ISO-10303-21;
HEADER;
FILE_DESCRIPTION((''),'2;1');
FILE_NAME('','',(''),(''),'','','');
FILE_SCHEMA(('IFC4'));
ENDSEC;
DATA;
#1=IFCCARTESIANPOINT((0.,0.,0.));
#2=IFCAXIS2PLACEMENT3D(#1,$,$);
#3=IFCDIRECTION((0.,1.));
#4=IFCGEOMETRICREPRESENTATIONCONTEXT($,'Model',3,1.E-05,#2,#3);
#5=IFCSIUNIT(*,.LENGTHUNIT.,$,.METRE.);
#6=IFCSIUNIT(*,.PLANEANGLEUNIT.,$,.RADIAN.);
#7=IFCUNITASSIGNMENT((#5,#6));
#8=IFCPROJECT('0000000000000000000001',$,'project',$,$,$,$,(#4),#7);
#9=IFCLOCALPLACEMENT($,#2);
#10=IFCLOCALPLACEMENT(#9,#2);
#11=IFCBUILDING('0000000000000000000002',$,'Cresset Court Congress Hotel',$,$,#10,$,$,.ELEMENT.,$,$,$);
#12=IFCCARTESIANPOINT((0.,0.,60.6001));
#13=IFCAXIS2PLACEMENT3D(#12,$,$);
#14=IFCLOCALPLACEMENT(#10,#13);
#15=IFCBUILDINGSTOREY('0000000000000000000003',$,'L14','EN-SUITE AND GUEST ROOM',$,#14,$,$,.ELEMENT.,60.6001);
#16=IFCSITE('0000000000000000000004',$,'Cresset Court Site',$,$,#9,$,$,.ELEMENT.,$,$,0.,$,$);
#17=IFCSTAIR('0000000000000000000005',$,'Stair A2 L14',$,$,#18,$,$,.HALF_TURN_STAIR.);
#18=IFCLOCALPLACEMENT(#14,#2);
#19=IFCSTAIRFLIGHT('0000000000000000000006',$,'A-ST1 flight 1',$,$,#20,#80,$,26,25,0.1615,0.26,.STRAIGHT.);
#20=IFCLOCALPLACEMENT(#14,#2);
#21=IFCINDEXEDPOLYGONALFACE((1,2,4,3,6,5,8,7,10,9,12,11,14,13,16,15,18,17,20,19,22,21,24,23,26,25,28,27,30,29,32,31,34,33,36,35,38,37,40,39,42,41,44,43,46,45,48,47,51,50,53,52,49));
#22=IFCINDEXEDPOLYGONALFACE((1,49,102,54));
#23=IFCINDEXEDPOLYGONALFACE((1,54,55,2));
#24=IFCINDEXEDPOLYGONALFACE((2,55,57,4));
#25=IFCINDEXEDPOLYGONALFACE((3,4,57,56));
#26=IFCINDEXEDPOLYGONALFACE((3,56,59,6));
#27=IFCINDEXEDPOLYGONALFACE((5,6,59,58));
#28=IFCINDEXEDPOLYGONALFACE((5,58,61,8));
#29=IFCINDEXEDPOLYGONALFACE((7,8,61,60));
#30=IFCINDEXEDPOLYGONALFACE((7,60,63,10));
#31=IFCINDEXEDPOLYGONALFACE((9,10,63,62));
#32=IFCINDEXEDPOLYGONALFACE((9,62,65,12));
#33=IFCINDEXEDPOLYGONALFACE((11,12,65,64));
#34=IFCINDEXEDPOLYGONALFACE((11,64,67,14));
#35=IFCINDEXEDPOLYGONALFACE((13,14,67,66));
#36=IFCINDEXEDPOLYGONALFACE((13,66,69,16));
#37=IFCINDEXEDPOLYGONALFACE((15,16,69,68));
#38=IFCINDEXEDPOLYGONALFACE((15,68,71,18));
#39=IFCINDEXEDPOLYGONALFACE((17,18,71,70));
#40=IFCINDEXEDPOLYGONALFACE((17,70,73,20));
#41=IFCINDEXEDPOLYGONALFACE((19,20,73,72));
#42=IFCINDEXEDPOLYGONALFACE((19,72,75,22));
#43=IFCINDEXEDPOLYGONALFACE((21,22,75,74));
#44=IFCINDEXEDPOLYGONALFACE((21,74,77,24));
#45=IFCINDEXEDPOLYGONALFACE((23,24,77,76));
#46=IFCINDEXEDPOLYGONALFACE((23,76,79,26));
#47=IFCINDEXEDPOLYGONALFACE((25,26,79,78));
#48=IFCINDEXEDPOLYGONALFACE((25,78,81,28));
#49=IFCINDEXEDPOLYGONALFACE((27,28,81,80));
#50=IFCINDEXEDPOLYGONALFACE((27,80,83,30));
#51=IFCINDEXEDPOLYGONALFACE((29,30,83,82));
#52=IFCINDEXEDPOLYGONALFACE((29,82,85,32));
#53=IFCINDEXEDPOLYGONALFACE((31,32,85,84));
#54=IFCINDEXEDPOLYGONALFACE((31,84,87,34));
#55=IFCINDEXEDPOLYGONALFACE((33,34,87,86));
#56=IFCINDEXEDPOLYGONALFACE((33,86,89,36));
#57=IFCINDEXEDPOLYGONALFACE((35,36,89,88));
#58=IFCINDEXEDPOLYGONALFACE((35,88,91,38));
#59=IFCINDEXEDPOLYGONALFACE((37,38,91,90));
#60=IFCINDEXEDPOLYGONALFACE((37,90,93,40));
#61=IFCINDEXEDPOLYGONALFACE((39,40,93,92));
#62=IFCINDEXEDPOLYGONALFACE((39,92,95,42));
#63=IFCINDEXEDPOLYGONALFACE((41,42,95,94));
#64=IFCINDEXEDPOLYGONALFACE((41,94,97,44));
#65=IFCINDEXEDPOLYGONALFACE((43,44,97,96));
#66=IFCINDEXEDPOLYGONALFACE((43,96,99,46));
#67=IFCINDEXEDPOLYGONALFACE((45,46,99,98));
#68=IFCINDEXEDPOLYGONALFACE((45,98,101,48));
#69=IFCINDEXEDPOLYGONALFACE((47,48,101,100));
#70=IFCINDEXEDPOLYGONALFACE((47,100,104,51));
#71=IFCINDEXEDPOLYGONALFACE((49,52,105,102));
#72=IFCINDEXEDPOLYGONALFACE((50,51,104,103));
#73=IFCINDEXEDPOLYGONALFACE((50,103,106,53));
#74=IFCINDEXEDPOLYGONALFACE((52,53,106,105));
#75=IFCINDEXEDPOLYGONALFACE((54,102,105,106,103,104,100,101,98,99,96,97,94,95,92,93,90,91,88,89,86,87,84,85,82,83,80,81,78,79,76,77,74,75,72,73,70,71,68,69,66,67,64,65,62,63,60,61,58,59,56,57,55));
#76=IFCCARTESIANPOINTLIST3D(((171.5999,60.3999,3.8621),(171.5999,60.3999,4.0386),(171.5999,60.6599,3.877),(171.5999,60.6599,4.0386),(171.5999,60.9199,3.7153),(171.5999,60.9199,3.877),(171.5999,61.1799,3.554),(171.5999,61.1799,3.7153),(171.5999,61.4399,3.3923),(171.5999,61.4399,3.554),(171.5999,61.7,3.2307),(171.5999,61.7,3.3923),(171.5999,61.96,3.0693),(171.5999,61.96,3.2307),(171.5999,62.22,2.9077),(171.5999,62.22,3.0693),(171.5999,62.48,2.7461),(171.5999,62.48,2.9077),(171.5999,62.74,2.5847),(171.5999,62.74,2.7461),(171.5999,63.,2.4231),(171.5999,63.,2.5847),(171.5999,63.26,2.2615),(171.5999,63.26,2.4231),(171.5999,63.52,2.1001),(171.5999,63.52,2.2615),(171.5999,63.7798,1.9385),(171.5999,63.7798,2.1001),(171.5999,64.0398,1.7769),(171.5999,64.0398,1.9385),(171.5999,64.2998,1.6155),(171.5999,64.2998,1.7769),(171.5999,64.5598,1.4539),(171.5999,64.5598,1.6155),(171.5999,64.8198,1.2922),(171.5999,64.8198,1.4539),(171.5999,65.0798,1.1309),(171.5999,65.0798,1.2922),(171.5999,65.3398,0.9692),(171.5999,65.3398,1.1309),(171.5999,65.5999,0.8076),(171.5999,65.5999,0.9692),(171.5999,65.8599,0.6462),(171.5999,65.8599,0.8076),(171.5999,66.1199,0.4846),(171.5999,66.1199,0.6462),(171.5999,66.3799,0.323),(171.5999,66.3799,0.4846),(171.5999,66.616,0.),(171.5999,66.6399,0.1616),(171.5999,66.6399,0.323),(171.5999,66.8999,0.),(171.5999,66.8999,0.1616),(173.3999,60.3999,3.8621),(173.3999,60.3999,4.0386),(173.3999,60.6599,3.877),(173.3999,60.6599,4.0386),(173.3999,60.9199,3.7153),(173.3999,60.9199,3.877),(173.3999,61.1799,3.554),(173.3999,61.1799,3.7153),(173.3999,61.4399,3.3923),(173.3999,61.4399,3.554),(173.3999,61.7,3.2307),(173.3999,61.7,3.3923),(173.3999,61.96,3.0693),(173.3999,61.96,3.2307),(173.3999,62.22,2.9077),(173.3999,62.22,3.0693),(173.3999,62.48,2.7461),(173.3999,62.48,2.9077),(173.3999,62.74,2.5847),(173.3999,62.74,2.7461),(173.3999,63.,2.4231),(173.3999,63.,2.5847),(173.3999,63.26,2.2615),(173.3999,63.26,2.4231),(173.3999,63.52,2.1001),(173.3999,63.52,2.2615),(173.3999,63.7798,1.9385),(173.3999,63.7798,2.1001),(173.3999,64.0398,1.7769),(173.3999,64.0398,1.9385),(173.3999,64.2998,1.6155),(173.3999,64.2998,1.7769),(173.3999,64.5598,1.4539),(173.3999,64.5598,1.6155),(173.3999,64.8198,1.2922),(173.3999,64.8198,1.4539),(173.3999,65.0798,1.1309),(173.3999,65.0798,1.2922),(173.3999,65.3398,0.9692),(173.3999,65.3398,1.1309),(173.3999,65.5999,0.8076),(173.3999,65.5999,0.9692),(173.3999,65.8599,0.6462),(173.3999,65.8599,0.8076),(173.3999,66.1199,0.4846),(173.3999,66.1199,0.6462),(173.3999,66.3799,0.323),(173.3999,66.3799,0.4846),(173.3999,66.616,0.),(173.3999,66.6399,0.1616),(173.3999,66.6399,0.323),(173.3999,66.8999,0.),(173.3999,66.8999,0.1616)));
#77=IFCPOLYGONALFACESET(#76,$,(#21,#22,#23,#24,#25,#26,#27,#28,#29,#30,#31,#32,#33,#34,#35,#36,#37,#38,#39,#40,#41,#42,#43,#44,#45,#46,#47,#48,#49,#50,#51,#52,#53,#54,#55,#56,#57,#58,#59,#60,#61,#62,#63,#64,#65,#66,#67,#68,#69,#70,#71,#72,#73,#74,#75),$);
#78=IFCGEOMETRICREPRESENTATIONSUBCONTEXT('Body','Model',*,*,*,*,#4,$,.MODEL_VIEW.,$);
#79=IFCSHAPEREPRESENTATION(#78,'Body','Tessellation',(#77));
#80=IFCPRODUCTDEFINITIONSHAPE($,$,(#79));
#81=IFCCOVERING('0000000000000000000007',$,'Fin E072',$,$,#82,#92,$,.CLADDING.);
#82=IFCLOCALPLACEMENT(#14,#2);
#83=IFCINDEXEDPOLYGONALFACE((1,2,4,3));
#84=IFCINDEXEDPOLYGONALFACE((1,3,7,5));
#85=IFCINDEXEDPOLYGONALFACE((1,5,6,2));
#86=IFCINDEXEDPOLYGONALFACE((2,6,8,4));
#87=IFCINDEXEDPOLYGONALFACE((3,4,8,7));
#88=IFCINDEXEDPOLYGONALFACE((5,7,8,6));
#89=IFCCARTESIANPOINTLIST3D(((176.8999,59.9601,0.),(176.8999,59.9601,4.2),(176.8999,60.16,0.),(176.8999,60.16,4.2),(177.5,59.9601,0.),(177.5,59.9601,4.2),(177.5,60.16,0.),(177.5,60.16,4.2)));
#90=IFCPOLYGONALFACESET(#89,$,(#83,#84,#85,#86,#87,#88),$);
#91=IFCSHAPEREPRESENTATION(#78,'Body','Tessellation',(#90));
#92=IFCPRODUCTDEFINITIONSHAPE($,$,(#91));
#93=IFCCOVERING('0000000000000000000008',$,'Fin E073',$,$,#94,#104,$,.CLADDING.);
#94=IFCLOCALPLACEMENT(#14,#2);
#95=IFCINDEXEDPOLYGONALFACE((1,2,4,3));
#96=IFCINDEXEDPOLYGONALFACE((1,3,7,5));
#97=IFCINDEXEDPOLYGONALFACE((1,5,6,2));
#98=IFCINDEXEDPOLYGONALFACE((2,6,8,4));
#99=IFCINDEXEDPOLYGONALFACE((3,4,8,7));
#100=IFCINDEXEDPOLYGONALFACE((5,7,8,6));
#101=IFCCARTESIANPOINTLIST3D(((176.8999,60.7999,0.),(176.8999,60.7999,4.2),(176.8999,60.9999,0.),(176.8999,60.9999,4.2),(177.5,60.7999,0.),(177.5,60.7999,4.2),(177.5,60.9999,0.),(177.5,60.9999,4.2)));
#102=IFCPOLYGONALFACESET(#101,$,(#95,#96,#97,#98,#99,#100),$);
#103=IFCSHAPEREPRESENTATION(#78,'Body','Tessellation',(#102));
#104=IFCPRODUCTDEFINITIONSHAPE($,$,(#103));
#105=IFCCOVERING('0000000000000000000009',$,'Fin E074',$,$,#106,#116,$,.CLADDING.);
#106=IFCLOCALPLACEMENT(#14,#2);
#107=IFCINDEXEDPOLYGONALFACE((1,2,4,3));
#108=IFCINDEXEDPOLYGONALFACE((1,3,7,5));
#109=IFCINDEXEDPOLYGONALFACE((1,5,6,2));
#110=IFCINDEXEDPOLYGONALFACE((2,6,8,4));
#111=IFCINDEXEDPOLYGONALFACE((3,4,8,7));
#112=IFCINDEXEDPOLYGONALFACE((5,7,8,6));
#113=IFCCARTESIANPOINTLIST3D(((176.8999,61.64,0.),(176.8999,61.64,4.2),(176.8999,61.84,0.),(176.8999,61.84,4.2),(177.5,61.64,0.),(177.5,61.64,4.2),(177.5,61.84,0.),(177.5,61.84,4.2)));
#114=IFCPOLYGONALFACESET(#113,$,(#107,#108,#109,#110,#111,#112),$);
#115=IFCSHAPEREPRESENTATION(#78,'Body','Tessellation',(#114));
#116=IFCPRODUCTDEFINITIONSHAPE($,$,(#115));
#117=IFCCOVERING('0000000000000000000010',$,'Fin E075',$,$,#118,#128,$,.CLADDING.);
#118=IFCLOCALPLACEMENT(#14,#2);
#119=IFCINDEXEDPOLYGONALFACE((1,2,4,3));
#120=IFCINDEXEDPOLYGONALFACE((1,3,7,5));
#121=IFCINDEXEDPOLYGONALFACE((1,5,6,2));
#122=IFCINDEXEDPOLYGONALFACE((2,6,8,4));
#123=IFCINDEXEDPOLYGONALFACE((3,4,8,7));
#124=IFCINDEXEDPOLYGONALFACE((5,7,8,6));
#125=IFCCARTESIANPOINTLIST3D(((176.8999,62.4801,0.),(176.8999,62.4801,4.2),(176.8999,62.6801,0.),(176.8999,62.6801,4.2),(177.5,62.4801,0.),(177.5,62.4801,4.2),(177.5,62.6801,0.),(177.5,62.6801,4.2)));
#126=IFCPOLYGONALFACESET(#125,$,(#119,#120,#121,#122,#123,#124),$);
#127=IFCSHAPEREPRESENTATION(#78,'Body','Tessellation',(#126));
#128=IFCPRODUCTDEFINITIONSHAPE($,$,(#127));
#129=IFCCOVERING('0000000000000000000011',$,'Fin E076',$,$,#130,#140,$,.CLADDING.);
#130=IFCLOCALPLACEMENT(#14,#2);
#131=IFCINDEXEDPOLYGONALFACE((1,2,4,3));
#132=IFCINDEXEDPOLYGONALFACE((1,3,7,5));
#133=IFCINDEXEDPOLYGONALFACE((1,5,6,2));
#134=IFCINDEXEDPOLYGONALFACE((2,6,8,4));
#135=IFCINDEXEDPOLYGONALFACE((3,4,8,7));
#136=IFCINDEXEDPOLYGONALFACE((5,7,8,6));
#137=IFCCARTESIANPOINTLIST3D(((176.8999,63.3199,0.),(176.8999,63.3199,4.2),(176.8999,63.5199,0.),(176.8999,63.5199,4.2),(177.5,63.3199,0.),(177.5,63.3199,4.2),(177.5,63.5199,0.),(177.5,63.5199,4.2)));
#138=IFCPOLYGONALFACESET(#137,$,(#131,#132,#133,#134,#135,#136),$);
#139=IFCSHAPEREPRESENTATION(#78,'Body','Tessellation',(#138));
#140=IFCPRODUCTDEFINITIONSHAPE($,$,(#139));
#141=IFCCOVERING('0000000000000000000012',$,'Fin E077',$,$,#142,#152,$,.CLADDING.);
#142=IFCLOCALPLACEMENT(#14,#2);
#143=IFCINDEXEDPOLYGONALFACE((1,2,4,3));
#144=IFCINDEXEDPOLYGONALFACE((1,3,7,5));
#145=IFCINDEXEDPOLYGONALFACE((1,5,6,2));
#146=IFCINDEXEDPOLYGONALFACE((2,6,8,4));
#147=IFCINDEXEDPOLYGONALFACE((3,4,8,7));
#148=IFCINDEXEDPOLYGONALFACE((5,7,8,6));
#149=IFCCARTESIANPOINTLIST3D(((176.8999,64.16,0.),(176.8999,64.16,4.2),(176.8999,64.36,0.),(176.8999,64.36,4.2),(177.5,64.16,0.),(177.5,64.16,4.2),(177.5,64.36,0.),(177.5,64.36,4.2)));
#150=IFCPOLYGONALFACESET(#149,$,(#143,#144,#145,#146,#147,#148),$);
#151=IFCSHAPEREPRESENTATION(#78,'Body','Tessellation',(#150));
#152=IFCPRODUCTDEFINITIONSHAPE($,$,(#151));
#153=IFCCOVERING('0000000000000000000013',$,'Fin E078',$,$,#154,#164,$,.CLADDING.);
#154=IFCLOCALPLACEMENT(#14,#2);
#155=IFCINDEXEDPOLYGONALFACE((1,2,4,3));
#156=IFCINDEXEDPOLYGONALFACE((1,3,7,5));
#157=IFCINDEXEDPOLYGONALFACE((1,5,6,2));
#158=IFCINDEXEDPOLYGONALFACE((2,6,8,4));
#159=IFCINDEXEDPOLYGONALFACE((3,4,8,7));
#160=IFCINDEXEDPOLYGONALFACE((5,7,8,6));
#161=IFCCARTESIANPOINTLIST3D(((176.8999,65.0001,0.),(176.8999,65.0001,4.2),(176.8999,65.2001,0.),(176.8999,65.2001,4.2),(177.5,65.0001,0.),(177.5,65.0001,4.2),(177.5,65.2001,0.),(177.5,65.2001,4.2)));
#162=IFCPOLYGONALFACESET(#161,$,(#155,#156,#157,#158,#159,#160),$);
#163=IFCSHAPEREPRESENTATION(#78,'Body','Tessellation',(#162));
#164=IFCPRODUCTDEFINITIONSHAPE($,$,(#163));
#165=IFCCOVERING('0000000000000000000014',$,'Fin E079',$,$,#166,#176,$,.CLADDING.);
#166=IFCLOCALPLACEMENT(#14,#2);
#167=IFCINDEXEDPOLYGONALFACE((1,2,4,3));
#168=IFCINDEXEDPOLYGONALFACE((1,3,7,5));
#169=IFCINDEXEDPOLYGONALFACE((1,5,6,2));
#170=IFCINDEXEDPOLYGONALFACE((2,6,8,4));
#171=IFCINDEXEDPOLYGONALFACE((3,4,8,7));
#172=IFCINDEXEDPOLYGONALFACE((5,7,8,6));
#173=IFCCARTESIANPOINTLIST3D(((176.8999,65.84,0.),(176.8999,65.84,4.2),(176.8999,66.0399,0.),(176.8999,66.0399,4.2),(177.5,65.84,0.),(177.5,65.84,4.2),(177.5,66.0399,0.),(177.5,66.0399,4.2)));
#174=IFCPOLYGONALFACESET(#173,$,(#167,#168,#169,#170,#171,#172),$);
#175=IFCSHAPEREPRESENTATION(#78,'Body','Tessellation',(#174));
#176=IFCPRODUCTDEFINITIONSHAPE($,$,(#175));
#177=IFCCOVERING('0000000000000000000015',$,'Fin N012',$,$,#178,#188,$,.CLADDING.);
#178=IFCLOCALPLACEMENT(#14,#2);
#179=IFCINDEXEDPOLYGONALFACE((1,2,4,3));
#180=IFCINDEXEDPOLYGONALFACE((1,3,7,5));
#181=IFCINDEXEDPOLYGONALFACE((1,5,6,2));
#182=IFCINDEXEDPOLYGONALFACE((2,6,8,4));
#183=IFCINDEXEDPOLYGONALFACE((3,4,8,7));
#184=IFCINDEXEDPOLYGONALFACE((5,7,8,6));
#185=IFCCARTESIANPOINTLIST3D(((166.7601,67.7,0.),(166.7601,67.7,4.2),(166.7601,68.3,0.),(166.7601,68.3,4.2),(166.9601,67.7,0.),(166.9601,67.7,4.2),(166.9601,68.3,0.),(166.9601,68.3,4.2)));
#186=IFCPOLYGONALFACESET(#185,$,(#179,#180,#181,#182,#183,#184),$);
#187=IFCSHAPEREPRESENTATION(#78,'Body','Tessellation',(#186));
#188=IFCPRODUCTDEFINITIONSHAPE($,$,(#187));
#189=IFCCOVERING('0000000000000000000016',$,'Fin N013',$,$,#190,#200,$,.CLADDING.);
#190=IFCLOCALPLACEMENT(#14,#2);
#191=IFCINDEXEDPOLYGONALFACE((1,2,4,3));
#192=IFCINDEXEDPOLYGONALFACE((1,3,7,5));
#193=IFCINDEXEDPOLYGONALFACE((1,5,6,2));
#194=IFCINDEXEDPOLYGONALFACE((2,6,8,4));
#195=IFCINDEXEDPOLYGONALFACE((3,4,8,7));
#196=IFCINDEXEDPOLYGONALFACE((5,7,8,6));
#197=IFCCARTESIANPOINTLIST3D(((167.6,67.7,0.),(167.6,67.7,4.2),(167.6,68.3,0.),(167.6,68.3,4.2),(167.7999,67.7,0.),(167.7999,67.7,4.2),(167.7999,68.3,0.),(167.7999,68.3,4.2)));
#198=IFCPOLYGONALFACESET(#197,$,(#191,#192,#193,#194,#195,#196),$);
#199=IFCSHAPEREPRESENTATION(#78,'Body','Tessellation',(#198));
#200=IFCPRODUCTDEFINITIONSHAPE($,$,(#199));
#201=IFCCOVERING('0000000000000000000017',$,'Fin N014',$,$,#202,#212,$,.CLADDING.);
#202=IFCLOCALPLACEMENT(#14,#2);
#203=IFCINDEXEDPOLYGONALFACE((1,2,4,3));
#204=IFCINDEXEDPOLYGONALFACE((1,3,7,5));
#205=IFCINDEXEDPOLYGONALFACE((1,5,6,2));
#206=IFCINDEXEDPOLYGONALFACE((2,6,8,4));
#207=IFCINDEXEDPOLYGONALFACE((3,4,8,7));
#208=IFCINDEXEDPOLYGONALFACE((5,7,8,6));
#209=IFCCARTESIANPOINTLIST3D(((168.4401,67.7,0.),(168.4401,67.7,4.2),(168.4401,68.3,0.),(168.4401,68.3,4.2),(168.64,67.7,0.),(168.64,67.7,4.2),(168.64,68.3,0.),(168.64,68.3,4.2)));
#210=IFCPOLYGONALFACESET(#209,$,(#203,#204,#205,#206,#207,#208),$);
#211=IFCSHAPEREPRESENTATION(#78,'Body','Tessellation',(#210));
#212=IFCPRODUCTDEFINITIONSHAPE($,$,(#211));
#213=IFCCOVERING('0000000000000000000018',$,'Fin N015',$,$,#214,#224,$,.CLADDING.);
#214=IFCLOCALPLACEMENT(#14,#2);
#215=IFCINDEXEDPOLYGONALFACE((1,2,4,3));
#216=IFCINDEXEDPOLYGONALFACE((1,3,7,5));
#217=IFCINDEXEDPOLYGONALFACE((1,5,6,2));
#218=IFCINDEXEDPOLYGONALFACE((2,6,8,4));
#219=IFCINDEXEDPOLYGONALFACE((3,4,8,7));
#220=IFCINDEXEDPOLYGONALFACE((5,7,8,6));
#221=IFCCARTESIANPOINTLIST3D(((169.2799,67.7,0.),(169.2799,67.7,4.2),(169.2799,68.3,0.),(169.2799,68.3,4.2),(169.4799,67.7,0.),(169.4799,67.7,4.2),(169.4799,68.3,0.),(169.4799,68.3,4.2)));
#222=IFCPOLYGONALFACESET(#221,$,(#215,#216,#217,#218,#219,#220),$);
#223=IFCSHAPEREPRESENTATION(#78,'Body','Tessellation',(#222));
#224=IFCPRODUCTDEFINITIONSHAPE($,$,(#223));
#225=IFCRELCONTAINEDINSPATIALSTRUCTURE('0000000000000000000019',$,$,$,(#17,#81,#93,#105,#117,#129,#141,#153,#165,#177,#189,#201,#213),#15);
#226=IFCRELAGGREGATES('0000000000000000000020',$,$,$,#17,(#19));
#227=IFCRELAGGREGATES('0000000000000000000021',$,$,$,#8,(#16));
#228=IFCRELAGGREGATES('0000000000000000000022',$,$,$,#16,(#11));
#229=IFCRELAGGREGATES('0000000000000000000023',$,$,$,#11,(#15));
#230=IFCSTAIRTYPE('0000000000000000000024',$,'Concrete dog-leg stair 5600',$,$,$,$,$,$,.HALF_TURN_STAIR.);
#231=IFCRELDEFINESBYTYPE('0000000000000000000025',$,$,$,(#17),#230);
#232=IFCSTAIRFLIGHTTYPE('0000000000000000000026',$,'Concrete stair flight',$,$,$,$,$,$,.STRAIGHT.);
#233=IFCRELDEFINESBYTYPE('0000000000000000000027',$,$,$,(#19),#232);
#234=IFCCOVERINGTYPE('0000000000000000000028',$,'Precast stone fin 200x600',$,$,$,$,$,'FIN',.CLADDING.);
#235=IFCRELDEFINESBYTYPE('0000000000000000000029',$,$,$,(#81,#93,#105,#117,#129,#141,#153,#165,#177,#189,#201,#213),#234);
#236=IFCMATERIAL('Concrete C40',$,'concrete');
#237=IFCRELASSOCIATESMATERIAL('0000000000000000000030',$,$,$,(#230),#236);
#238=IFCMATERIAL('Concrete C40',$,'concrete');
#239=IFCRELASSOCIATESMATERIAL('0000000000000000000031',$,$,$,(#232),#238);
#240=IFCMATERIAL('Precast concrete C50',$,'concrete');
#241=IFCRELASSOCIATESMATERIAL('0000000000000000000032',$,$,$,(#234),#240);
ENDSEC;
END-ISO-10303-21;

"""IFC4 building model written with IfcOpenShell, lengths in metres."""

from ifc_helpers import new_model, si_unit, direction, frame, origin, origin_2d, place, context, subcontext, project, spatial, polyline, rectangle, outline, extrude, material, type_object, element, aggregate, save


model = new_model("IFC4")

# Units and contexts
model_context = context("Model", 3, precision=1e-05, world=origin(), true_north=direction((0.0, 1.0)))
body_context = subcontext(model_context, "Body", "Model", "MODEL_VIEW")
ifc_project = project(units=[si_unit("LENGTHUNIT", "METRE"), si_unit("PLANEANGLEUNIT", "RADIAN")], contexts=[model_context])

# Site, building, storey
site_placement = place(None, origin())
site = spatial("IfcSite", under=ifc_project, at=site_placement, Name="Cresset Court Site", CompositionType="ELEMENT", RefElevation=0.0)
building_placement = place(site_placement, origin())
building = spatial("IfcBuilding", under=site, at=building_placement, Name="Cresset Court Congress Hotel", CompositionType="ELEMENT")
storey_placement = place(building_placement, frame((0.0, 0.0, 60.6001)))
storey = spatial("IfcBuildingStorey", under=building, at=storey_placement, Name="L14", Description="EN-SUITE AND GUEST ROOM", CompositionType="ELEMENT", Elevation=60.6001)

# Stair, stair flight
ifc_material_1 = material(Name="Concrete C40", Category="concrete")
stair_type = type_object("IfcStairType", Name="Concrete dog-leg stair 5600", PredefinedType="HALF_TURN_STAIR", material=ifc_material_1)
stair_placement = place(storey_placement, origin())
stair = element("IfcStair", 1, at=stair_placement, inside=storey, type_object=stair_type, Name="Stair A2 L14", PredefinedType="HALF_TURN_STAIR")
ifc_material_2 = material(Name="Concrete C40", Category="concrete")
stair_flight_type = type_object("IfcStairFlightType", Name="Concrete stair flight", PredefinedType="STRAIGHT", material=ifc_material_2)
stair_flight_placement = place(storey_placement, frame((172.5, 66.8999, 0.0), z_axis=(0.0, 0.0, 1.0), x_axis=(0.0, -1.0, 0.0)))
stair_flight = element("IfcStairFlight", 2, at=stair_flight_placement, type_object=stair_flight_type, Name="A-ST1 flight 1", NumberOfRisers=26, NumberOfTreads=25, PredefinedType="STRAIGHT", RiserHeight=0.1615, TreadLength=0.26, context=body_context, shape_type="SweptSolid", body=[
    extrude(outline(polyline([(0.0, 0.0), (0.0, 0.1616), (0.26, 0.1616), (0.26, 0.323), (0.52, 0.323), (0.52, 0.4846), (0.78, 0.4846), (0.78, 0.6462), (1.04, 0.6462), (1.04, 0.8076), (1.3, 0.8076), (1.3, 0.9692), (1.5601, 0.9692), (1.5601, 1.1309), (1.8201, 1.1309), (1.8201, 1.2922), (2.0801, 1.2922), (2.0801, 1.4539), (2.3401, 1.4539), (2.3401, 1.6155), (2.6001, 1.6155), (2.6001, 1.7769), (2.8601, 1.7769), (2.8601, 1.9385), (3.1201, 1.9385), (3.1201, 2.1001), (3.3799, 2.1001), (3.3799, 2.2615), (3.6399, 2.2615), (3.6399, 2.4231), (3.8999, 2.4231), (3.8999, 2.5847), (4.1599, 2.5847), (4.1599, 2.7461), (4.4199, 2.7461), (4.4199, 2.9077), (4.6799, 2.9077), (4.6799, 3.0693), (4.9399, 3.0693), (4.9399, 3.2307), (5.2, 3.2307), (5.2, 3.3923), (5.46, 3.3923), (5.46, 3.554), (5.72, 3.554), (5.72, 3.7153), (5.98, 3.7153), (5.98, 3.877), (6.24, 3.877), (6.24, 4.0386), (6.5, 4.0386), (6.5, 4.2), (6.5, 3.8621), (0.2839, 0.0), (0.0, 0.0)])), frame((0.0, 0.8999, 0.0), z_axis=(0.0, -1.0, 0.0), x_axis=(1.0, 0.0, 0.0)), (0.0, 0.0, 1.0), 1.8),
])
aggregate(stair, [stair_flight])

# Coverings
ifc_material_3 = material(Name="Precast concrete C50", Category="concrete")
covering_type_1 = type_object("IfcCoveringType", Name="Precast stone fin 200x600", ElementType="FIN", PredefinedType="CLADDING", material=ifc_material_3)
for number, where, z_axis, x_axis, name in (
    (3, (177.2, 60.0601, 0.0), (0.0, 0.0, 1.0), (1.0, 0.0, 0.0), "Fin E072"),
    (4, (177.2, 60.8999, 0.0), (0.0, 0.0, 1.0), (1.0, 0.0, 0.0), "Fin E073"),
    (5, (177.2, 61.74, 0.0), (0.0, 0.0, 1.0), (1.0, 0.0, 0.0), "Fin E074"),
    (6, (177.2, 62.5801, 0.0), (0.0, 0.0, 1.0), (1.0, 0.0, 0.0), "Fin E075"),
    (7, (177.2, 63.4199, 0.0), (0.0, 0.0, 1.0), (1.0, 0.0, 0.0), "Fin E076"),
    (8, (177.2, 64.26, 0.0), (0.0, 0.0, 1.0), (1.0, 0.0, 0.0), "Fin E077"),
    (9, (177.2, 65.1001, 0.0), (0.0, 0.0, 1.0), (1.0, 0.0, 0.0), "Fin E078"),
    (10, (177.2, 65.9399, 0.0), (0.0, 0.0, 1.0), (1.0, 0.0, 0.0), "Fin E079"),
):
    element("IfcCovering", number, at=place(storey_placement, frame(where, z_axis=z_axis, x_axis=x_axis)), inside=storey, type_object=covering_type_1, Name=name, PredefinedType="CLADDING", context=body_context, shape_type="SweptSolid", body=[
        extrude(rectangle(XDim=0.6001, YDim=0.2, at=origin_2d()), origin(), (0.0, 0.0, 1.0), 4.2),
    ])
for number, where, z_axis, x_axis, name in (
    (11, (166.8601, 68.0, 0.0), (0.0, 0.0, 1.0), (1.0, 0.0, 0.0), "Fin N012"),
    (12, (167.7, 68.0, 0.0), (0.0, 0.0, 1.0), (1.0, 0.0, 0.0), "Fin N013"),
    (13, (168.54, 68.0, 0.0), (0.0, 0.0, 1.0), (1.0, 0.0, 0.0), "Fin N014"),
    (14, (169.3799, 68.0, 0.0), (0.0, 0.0, 1.0), (1.0, 0.0, 0.0), "Fin N015"),
):
    element("IfcCovering", number, at=place(storey_placement, frame(where, z_axis=z_axis, x_axis=x_axis)), inside=storey, type_object=covering_type_1, Name=name, PredefinedType="CLADDING", context=body_context, shape_type="SweptSolid", body=[
        extrude(rectangle(XDim=0.2, YDim=0.6001, at=origin_2d()), origin(), (0.0, 0.0, 1.0), 4.2),
    ])

save(model, "model.ifc")
